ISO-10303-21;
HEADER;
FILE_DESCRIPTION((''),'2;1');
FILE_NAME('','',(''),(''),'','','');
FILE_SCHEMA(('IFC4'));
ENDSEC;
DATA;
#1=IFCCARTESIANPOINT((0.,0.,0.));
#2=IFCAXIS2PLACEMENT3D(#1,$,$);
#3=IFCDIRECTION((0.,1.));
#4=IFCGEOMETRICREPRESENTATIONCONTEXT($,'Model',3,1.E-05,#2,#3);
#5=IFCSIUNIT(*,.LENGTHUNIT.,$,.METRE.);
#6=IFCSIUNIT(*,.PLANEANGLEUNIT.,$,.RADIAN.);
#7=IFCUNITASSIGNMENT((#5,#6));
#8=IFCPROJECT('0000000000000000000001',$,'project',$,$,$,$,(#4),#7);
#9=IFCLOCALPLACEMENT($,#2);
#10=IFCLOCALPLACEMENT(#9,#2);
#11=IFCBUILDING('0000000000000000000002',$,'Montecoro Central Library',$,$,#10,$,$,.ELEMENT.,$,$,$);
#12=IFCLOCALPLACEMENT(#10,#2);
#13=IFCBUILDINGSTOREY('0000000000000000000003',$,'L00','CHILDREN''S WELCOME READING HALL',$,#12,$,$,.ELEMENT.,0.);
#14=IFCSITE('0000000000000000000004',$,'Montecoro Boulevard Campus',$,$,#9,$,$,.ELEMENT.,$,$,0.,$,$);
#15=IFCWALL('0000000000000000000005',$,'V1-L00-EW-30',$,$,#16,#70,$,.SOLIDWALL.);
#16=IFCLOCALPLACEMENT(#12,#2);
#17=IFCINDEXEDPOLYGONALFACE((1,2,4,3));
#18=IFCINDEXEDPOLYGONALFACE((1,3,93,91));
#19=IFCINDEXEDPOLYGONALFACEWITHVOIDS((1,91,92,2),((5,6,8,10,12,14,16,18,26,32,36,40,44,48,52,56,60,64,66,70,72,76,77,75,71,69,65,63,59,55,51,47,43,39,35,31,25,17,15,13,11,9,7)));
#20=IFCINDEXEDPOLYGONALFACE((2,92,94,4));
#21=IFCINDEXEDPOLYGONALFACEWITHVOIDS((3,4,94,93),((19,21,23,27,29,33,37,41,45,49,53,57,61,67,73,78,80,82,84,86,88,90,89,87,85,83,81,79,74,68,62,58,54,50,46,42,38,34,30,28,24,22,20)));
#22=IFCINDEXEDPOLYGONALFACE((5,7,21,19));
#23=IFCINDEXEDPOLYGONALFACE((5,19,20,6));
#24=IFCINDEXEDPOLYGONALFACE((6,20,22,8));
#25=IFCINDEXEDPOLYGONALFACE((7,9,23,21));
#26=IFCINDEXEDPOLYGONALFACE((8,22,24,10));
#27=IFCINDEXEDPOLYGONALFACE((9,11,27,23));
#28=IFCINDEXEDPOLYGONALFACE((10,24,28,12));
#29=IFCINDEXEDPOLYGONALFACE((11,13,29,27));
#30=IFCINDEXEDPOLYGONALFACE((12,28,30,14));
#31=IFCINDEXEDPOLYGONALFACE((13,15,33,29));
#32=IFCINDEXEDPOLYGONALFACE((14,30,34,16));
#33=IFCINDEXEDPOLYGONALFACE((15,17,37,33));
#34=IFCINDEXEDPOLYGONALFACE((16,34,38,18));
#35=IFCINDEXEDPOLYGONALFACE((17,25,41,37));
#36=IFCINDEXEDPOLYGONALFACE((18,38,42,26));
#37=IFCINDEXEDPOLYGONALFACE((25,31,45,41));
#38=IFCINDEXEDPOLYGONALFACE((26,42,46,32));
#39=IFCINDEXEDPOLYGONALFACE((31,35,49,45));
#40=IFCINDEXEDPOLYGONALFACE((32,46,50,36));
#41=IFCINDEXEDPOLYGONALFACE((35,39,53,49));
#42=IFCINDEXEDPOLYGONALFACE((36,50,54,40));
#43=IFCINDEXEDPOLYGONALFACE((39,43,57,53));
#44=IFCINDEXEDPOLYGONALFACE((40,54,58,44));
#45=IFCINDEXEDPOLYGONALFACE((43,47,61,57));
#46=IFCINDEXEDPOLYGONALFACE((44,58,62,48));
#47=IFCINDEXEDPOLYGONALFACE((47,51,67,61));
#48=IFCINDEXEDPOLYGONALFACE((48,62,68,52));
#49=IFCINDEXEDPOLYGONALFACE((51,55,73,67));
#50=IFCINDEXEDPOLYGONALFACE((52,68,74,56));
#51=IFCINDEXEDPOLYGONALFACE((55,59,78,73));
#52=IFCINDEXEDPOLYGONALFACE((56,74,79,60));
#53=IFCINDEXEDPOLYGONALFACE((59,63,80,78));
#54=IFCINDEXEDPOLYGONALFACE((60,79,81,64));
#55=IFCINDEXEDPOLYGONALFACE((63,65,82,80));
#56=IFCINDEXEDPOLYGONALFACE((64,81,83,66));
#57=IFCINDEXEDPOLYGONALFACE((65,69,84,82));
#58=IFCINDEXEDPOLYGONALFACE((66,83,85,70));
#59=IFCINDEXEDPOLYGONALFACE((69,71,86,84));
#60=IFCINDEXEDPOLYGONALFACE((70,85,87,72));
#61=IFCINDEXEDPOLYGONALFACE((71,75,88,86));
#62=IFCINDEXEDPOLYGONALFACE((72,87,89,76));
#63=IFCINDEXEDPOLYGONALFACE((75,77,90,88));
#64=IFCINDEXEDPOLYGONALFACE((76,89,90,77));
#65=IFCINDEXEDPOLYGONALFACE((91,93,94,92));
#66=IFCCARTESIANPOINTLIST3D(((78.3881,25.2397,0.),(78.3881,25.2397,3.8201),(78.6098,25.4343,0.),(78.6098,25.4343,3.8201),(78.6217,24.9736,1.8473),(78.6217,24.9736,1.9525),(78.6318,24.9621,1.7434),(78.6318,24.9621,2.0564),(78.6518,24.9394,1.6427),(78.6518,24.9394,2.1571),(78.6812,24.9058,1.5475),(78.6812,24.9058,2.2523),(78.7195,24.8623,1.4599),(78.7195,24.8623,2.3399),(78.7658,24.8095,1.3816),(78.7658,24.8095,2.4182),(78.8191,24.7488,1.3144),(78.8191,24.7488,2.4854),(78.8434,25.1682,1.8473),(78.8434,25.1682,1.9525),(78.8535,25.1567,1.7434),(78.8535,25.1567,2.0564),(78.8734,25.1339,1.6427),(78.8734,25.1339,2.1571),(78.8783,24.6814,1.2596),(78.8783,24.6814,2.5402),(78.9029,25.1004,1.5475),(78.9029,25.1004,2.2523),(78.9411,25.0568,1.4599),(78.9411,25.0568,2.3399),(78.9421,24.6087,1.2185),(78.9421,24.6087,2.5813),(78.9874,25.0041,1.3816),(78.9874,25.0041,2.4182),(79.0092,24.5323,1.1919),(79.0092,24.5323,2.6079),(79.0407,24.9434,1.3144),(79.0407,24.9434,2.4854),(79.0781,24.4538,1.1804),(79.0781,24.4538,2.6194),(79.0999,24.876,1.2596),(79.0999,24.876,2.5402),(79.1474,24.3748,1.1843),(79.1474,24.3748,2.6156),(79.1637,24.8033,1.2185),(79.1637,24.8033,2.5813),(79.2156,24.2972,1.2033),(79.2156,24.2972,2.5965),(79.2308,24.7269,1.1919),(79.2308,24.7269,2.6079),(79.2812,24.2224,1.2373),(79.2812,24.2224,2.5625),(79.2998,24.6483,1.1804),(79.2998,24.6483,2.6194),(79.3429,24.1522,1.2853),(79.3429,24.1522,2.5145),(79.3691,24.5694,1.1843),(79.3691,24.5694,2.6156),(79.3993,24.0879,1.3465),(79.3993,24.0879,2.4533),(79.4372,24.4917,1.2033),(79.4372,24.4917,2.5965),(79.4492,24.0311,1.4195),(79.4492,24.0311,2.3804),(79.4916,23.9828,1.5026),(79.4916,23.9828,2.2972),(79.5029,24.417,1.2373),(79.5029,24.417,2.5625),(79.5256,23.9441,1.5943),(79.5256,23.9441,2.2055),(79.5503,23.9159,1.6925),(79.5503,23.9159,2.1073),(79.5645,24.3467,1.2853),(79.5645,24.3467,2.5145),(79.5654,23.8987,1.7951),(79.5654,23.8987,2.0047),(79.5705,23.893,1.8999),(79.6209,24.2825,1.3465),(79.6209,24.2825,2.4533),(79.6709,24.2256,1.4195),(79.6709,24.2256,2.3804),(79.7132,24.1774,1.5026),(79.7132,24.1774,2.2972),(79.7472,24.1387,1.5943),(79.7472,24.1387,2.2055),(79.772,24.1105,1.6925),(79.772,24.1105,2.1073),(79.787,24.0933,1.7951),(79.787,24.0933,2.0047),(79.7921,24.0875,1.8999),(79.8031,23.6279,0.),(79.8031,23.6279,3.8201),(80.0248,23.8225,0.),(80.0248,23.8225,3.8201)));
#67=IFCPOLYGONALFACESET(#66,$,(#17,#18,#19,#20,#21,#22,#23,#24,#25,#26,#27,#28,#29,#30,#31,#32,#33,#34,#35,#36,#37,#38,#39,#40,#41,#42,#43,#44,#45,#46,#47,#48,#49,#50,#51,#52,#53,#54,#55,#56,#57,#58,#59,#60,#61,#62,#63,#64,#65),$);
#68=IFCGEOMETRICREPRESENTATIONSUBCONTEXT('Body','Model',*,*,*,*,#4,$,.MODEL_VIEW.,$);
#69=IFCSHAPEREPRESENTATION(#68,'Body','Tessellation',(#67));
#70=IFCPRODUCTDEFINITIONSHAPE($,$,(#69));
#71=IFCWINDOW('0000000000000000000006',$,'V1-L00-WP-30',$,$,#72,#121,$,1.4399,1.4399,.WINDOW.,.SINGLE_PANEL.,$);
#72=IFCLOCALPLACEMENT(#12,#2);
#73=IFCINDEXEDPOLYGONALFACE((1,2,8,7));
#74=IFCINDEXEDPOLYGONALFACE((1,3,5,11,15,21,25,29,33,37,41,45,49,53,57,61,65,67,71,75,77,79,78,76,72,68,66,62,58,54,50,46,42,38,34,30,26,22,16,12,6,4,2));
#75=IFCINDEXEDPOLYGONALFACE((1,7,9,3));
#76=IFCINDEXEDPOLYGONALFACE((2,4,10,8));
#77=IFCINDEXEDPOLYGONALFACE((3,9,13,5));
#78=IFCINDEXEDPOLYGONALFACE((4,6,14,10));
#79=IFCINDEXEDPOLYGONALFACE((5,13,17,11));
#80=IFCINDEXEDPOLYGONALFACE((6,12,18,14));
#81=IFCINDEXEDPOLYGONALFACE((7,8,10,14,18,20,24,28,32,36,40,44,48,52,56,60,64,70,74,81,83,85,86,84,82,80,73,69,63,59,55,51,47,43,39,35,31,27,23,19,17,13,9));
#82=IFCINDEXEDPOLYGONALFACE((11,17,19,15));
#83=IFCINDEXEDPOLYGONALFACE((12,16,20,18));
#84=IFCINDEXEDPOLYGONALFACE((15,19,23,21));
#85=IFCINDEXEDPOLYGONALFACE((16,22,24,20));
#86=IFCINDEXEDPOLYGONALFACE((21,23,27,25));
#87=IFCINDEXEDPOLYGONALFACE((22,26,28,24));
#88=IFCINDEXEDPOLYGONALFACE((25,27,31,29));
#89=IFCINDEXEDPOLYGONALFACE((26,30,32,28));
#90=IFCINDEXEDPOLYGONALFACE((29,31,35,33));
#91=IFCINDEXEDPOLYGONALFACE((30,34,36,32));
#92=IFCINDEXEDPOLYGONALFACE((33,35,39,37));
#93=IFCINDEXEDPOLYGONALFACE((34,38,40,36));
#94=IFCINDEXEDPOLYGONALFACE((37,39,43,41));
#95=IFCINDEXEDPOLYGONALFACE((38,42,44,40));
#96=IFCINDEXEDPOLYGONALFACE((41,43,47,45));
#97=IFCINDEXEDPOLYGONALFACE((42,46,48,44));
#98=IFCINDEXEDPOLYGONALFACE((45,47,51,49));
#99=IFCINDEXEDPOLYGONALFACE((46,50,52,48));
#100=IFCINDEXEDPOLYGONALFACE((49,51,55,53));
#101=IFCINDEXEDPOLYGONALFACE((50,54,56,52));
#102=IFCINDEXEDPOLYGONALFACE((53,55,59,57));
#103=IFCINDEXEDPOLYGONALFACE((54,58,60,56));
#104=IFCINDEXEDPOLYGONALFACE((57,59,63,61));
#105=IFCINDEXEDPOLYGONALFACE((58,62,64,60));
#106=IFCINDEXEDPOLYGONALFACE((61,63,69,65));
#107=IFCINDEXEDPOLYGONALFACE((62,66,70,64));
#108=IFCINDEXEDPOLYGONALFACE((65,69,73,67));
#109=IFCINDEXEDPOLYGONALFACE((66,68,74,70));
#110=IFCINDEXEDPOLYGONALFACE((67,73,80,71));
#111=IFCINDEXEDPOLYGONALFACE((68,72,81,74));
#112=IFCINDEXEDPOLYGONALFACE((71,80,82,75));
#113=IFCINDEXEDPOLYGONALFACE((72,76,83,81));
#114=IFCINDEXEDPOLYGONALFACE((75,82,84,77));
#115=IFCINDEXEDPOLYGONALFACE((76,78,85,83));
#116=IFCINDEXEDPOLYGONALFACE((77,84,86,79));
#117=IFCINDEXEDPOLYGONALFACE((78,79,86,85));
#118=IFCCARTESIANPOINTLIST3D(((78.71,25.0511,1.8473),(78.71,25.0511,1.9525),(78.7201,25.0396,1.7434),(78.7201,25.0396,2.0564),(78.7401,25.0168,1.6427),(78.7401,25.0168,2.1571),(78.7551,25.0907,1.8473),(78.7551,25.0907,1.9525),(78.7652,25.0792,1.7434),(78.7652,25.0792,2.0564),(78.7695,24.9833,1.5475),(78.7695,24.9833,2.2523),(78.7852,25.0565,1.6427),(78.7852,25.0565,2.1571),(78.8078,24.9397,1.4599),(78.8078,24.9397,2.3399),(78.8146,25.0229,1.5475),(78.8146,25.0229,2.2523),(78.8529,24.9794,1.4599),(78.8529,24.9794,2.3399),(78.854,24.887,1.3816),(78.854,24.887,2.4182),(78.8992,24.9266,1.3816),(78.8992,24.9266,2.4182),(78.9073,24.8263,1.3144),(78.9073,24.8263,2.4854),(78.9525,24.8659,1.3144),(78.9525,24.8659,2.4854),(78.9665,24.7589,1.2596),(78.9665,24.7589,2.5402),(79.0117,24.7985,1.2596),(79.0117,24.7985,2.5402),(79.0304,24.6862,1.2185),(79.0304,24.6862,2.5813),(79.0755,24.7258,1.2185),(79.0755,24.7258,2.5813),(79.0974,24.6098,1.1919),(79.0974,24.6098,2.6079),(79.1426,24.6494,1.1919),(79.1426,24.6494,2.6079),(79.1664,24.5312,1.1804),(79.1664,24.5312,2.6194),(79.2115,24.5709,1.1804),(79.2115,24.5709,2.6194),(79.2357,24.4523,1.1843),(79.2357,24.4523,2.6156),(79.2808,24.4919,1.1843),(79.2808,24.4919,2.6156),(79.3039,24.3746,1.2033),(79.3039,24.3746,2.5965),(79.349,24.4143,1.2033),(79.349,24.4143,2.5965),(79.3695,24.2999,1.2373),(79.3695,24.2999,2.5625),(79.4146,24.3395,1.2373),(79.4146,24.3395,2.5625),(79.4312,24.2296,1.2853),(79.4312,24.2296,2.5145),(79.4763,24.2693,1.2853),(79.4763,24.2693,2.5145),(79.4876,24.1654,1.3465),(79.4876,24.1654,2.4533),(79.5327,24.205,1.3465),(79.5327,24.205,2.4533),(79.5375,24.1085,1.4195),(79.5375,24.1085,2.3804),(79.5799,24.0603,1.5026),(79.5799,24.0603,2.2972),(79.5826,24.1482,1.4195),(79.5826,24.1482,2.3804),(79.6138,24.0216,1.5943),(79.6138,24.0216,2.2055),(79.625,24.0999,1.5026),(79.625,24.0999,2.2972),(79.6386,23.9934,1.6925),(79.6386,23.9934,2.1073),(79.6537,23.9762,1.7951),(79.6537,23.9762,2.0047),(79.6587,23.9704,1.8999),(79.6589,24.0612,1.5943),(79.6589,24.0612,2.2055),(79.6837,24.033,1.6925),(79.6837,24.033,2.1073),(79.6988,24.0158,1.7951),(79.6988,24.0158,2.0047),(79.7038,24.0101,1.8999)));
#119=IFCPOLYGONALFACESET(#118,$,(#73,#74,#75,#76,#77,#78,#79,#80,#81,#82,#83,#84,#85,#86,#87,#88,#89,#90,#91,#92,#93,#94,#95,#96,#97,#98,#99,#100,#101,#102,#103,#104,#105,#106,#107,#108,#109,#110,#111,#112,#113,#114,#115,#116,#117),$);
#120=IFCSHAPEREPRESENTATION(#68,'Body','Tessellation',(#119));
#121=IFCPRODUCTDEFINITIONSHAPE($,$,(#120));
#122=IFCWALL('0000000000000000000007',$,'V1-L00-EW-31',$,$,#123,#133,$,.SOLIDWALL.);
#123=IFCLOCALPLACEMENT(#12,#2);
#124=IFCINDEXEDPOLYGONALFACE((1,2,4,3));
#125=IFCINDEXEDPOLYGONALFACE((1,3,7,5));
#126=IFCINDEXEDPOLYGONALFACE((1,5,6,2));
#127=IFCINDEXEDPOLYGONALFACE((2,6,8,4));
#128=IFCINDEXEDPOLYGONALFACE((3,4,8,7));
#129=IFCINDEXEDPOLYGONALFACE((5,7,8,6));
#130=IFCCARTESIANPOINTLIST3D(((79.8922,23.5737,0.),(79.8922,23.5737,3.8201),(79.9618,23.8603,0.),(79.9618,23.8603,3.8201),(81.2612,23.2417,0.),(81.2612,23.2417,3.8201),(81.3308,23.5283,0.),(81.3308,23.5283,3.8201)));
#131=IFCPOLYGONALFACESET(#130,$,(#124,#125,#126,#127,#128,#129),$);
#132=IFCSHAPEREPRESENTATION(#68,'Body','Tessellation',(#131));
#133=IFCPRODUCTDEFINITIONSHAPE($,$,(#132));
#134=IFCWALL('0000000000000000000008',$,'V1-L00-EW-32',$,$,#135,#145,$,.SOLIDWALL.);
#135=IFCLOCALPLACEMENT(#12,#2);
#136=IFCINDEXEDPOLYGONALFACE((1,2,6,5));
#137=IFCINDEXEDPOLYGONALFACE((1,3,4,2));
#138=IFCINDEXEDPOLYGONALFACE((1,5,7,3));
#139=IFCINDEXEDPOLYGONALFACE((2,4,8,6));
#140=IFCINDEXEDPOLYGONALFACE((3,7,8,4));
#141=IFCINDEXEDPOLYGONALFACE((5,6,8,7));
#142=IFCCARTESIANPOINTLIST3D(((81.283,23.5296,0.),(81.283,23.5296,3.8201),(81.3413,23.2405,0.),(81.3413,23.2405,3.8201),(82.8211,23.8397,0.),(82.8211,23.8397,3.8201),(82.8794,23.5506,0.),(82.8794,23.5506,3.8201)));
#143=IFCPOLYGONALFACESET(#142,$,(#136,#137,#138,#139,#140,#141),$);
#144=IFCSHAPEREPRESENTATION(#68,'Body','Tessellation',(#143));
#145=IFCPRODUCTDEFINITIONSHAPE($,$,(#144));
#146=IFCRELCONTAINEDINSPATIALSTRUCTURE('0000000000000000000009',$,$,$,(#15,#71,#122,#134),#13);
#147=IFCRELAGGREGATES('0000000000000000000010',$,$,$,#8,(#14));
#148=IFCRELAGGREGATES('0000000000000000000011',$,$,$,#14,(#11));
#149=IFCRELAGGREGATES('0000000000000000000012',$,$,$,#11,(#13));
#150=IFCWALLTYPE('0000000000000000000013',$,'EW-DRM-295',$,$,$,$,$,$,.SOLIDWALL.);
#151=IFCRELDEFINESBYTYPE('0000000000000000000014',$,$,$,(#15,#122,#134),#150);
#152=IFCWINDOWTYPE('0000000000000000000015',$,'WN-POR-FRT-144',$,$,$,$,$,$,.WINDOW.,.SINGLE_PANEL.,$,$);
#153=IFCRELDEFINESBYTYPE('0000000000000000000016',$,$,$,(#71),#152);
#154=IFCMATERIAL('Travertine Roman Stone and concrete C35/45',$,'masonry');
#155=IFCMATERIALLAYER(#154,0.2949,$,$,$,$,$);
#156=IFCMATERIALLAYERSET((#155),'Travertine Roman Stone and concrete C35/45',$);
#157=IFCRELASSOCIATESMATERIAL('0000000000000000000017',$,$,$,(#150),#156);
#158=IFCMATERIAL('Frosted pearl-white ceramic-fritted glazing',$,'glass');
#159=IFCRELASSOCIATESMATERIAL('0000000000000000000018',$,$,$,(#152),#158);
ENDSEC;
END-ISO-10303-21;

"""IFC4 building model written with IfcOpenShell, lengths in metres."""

from ifc_helpers import new_model, si_unit, direction, frame, frame_2d, origin, place, context, subcontext, project, spatial, rectangle, circle, extrude, material, layer, layer_set, type_object, element, fill, save


model = new_model("IFC4")

# Units and contexts
model_context = context("Model", 3, precision=1e-05, world=origin(), true_north=direction((0.0, 1.0)))
body_context = subcontext(model_context, "Body", "Model", "MODEL_VIEW")
ifc_project = project(units=[si_unit("LENGTHUNIT", "METRE"), si_unit("PLANEANGLEUNIT", "RADIAN")], contexts=[model_context])

# Site, building, storey
site_placement = place(None, origin())
site = spatial("IfcSite", under=ifc_project, at=site_placement, Name="Montecoro Boulevard Campus", CompositionType="ELEMENT", RefElevation=0.0)
building_placement = place(site_placement, origin())
building = spatial("IfcBuilding", under=site, at=building_placement, Name="Montecoro Central Library", CompositionType="ELEMENT")
storey_placement = place(building_placement, origin())
storey = spatial("IfcBuildingStorey", under=building, at=storey_placement, Name="L00", Description="CHILDREN'S WELCOME READING HALL", CompositionType="ELEMENT", Elevation=0.0)

# Wall, opening, window
ifc_material_1 = material(Name="Travertine Roman Stone and concrete C35/45", Category="masonry")
ifc_layer_1 = layer(ifc_material_1, 0.2949)
ifc_layer_set_1 = layer_set([ifc_layer_1], Name="Travertine Roman Stone and concrete C35/45")
wall_type = type_object("IfcWallType", Name="EW-DRM-295", PredefinedType="SOLIDWALL", material=ifc_layer_set_1)
ifc_material_2 = material(Name="Frosted pearl-white ceramic-fritted glazing", Category="glass")
window_type_1 = type_object("IfcWindowType", Name="WN-POR-FRT-144", PartitioningType="SINGLE_PANEL", PredefinedType="WINDOW", material=ifc_material_2)
wall_1_placement = place(storey_placement, frame((78.499, 25.3369, 0.0), z_axis=(0.0, 0.0, 1.0), x_axis=(0.659745, -0.75149, 0.0)))
wall_1 = element("IfcWall", 1, at=wall_1_placement, inside=storey, type_object=wall_type, Name="V1-L00-EW-30", PredefinedType="SOLIDWALL", context=body_context, shape_type="SweptSolid", body=[
    extrude(rectangle(XDim=2.1448, YDim=0.2949, at=frame_2d((1.0723, 0.0))), origin(), (0.0, 0.0, 1.0), 3.8201),
])
opening_1_placement = place(wall_1_placement, frame((0.3521, 0.0, 1.1799)))
opening_1 = element("IfcOpeningElement", 2, at=opening_1_placement, cuts=wall_1, PredefinedType="OPENING", context=body_context, shape_type="SweptSolid", body=[
    extrude(circle(Radius=0.72, at=frame_2d((0.72, 0.72))), frame((0.0, 0.1575, 0.0), z_axis=(0.0, -1.0, 0.0), x_axis=(1.0, 0.0, 0.0)), (0.0, 0.0, 1.0), 0.3149),
])
window_1_placement = place(opening_1_placement, origin())
window_1 = element("IfcWindow", 3, at=window_1_placement, inside=storey, type_object=window_type_1, Name="V1-L00-WP-30", OverallHeight=1.4399, OverallWidth=1.4399, PartitioningType="SINGLE_PANEL", PredefinedType="WINDOW", context=body_context, shape_type="SweptSolid", body=[
    extrude(circle(Radius=0.72, at=frame_2d((0.72, 0.72))), frame((0.0, 0.03, 0.0), z_axis=(0.0, -1.0, 0.0), x_axis=(1.0, 0.0, 0.0)), (0.0, 0.0, 1.0), 0.0601),
])
fill(opening_1, window_1)

# Walls
wall_2_placement = place(storey_placement, frame((79.927, 23.717, 0.0), z_axis=(0.0, 0.0, 1.0), x_axis=(0.971821, -0.235719, 0.0)))
element("IfcWall", 4, at=wall_2_placement, inside=storey, type_object=wall_type, Name="V1-L00-EW-31", PredefinedType="SOLIDWALL", context=body_context, shape_type="SweptSolid", body=[
    extrude(rectangle(XDim=1.4087, YDim=0.2949, at=frame_2d((0.7043, 0.0))), origin(), (0.0, 0.0, 1.0), 3.8201),
])
wall_3_placement = place(storey_placement, frame((81.312, 23.385, 0.0), z_axis=(0.0, 0.0, 1.0), x_axis=(0.98028, 0.197612, 0.0)))
element("IfcWall", 5, at=wall_3_placement, inside=storey, type_object=wall_type, Name="V1-L00-EW-32", PredefinedType="SOLIDWALL", context=body_context, shape_type="SweptSolid", body=[
    extrude(rectangle(XDim=1.5691, YDim=0.2949, at=frame_2d((0.7847, 0.0))), origin(), (0.0, 0.0, 1.0), 3.8201),
])

save(model, "model.ifc")
